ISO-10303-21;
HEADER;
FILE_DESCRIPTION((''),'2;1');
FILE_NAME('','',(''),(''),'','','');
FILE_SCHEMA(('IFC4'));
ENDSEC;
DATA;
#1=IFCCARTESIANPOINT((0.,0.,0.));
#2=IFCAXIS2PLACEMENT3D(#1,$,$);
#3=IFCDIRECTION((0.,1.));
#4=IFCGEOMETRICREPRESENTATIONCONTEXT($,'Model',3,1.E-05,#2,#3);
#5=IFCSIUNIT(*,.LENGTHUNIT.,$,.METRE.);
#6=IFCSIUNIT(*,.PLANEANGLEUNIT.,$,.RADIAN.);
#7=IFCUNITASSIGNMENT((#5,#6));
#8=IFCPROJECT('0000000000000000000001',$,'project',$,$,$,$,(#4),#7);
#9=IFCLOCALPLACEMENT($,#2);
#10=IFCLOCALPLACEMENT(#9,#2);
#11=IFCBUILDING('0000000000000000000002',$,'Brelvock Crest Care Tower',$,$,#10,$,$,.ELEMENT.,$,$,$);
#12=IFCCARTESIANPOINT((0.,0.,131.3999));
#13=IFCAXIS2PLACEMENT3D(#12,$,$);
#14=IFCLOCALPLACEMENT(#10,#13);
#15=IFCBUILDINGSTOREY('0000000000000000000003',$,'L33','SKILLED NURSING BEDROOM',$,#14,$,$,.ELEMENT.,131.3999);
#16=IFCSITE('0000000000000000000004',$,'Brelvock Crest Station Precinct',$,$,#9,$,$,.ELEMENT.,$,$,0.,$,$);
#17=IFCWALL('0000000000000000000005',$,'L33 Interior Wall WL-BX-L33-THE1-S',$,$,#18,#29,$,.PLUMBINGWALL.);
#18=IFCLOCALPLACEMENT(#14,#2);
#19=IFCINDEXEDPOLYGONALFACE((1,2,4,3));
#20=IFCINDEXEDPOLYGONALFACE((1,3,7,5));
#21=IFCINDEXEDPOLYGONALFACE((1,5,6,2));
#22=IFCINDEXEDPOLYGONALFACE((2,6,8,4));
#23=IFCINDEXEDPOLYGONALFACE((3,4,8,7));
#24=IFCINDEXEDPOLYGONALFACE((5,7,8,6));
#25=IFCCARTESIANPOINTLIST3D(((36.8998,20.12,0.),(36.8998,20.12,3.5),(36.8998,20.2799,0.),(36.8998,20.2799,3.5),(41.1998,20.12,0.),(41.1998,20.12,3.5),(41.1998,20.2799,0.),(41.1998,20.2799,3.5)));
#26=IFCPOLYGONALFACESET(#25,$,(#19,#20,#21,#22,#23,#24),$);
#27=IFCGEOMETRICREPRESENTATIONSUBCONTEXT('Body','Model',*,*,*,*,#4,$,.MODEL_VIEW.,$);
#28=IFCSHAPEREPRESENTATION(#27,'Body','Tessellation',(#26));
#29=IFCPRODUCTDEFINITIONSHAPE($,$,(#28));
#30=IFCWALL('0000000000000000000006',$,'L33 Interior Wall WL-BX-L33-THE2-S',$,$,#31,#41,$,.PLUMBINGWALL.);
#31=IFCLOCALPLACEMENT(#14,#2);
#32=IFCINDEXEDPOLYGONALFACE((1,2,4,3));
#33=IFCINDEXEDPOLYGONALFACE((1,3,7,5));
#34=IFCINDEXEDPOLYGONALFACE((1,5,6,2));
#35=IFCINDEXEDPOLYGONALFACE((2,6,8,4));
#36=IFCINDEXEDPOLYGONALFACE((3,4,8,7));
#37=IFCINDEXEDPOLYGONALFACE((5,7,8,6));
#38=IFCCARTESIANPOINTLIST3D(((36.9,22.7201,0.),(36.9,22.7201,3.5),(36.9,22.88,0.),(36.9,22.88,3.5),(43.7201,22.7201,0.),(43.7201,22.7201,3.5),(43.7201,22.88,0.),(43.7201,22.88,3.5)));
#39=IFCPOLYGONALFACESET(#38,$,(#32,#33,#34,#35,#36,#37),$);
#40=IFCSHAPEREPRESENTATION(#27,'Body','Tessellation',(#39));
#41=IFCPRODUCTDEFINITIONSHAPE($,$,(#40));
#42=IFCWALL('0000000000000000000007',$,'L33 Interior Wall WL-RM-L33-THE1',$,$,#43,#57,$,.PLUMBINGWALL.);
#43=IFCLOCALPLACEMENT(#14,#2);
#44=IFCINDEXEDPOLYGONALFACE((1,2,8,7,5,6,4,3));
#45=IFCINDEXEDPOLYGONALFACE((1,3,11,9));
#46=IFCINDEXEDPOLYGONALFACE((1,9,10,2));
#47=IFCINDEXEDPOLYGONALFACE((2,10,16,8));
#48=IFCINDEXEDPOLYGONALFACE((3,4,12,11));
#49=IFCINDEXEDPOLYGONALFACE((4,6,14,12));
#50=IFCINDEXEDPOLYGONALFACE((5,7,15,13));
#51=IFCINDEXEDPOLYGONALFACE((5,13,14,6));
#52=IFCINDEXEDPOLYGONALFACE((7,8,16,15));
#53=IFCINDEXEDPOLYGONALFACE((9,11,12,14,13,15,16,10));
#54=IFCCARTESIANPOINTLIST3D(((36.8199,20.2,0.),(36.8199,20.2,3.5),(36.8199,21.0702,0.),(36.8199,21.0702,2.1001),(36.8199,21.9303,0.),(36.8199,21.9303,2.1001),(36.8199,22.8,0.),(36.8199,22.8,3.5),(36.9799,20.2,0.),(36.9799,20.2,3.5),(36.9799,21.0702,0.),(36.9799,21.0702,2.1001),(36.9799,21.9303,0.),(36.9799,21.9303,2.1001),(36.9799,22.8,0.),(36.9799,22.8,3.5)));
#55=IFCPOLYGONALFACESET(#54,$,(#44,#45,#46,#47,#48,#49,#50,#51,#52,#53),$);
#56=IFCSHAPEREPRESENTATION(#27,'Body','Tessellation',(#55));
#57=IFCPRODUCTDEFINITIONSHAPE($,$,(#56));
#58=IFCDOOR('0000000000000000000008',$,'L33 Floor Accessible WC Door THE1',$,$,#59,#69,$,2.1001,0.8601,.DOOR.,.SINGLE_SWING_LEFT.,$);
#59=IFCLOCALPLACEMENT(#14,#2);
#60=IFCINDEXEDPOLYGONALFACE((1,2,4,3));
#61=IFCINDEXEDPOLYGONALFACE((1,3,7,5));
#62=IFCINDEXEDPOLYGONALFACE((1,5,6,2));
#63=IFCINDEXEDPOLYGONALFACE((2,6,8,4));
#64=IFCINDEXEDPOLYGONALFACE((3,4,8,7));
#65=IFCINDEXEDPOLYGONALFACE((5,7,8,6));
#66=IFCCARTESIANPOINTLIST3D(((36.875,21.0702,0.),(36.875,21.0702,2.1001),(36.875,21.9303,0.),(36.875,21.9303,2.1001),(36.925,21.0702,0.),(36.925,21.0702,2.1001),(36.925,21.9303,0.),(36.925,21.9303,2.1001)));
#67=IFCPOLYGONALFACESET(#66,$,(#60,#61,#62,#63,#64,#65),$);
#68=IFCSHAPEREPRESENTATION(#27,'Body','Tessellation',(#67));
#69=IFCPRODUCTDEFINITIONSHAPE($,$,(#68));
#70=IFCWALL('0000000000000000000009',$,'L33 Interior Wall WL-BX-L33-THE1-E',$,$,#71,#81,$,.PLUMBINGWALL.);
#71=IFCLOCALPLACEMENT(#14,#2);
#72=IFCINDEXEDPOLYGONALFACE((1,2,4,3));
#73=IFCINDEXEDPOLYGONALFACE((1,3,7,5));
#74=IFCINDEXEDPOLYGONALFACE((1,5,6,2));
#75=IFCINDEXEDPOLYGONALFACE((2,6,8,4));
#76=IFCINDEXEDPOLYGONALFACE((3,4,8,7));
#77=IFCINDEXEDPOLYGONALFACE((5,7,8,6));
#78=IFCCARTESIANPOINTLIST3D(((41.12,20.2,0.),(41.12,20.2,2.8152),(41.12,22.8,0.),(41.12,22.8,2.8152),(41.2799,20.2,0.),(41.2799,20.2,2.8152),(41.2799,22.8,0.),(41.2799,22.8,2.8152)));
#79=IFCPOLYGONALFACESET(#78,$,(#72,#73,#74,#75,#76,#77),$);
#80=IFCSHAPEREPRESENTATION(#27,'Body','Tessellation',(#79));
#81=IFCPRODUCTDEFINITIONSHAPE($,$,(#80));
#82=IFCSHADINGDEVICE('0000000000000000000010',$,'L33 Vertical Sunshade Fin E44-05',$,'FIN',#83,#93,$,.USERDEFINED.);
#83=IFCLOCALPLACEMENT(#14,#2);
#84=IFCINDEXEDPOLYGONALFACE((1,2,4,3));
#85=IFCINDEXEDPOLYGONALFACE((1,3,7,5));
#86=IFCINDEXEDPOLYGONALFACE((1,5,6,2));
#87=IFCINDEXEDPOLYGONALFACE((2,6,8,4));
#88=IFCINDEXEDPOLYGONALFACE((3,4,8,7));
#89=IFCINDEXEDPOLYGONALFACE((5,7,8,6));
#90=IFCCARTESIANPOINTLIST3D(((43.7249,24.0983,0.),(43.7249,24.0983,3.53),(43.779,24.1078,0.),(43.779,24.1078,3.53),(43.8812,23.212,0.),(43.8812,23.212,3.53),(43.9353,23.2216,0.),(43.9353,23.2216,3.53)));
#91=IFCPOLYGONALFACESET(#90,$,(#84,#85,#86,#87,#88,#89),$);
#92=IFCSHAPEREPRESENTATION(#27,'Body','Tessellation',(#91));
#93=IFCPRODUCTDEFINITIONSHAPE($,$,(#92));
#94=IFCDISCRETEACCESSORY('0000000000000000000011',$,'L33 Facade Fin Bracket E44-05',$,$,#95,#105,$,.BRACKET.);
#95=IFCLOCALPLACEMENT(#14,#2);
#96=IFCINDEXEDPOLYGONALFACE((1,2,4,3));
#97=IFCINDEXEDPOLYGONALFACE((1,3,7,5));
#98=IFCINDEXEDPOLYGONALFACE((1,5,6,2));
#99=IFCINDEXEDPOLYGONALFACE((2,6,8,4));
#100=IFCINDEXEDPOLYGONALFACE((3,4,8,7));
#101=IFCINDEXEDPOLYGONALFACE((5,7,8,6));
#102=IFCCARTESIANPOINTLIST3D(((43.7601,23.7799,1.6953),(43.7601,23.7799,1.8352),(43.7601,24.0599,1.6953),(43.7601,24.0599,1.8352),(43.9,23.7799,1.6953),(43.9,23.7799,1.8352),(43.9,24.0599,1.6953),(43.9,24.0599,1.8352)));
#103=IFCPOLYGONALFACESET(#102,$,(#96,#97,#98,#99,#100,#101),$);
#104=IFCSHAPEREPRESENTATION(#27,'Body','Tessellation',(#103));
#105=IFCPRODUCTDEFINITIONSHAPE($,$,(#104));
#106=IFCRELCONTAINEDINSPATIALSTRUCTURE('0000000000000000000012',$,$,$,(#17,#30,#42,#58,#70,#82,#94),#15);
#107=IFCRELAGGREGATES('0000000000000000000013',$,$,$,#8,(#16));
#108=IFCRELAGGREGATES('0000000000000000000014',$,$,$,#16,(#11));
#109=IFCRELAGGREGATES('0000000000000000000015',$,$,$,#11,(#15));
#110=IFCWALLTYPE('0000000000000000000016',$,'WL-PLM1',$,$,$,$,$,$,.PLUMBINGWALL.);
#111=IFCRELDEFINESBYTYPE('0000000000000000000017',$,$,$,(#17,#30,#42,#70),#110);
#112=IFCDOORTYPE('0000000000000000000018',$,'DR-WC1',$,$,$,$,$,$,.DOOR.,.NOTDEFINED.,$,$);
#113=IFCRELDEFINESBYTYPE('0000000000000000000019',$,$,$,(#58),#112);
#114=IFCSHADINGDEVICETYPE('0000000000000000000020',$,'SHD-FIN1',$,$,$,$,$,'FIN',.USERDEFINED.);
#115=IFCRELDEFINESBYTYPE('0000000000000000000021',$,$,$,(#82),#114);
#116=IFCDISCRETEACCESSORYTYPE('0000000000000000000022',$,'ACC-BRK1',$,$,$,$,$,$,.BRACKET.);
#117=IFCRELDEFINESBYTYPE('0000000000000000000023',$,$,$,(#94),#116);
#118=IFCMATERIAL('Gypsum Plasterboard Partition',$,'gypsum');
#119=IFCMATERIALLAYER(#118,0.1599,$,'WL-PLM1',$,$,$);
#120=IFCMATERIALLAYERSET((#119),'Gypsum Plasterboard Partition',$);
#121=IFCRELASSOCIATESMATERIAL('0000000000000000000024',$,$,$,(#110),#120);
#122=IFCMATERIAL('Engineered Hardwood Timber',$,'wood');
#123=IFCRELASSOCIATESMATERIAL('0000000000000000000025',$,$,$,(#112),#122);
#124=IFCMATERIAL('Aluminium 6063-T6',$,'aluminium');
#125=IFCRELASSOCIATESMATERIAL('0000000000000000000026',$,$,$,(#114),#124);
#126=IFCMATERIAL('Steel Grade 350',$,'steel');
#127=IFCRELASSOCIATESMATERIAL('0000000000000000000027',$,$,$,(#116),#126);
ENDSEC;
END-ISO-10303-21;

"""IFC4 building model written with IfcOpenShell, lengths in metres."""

from ifc_helpers import new_model, si_unit, direction, frame, frame_2d, origin, origin_2d, place, context, subcontext, project, spatial, rectangle, extrude, source, transform, mapped, material, layer, layer_set, material_profile, profile_set, type_object, element, fill, save


model = new_model("IFC4")

# Units and contexts
model_context = context("Model", 3, precision=1e-05, world=origin(), true_north=direction((0.0, 1.0)))
body_context = subcontext(model_context, "Body", "Model", "MODEL_VIEW")
ifc_project = project(units=[si_unit("LENGTHUNIT", "METRE"), si_unit("PLANEANGLEUNIT", "RADIAN")], contexts=[model_context])

# Site, building, storey
site_placement = place(None, origin())
site = spatial("IfcSite", under=ifc_project, at=site_placement, Name="Brelvock Crest Station Precinct", CompositionType="ELEMENT", RefElevation=0.0)
building_placement = place(site_placement, origin())
building = spatial("IfcBuilding", under=site, at=building_placement, Name="Brelvock Crest Care Tower", CompositionType="ELEMENT")
storey_placement = place(building_placement, frame((0.0, 0.0, 131.3999)))
storey = spatial("IfcBuildingStorey", under=building, at=storey_placement, Name="L33", Description="SKILLED NURSING BEDROOM", CompositionType="ELEMENT", Elevation=131.3999)

# Shared definitions
ifc_material_1 = material(Name="Aluminium 6063-T6", Category="aluminium")

# Shared definitions
ifc_material_2 = material(Name="Engineered Hardwood Timber", Category="wood")

# Walls
ifc_material_3 = material(Name="Gypsum Plasterboard Partition", Category="gypsum")
ifc_layer_1 = layer(ifc_material_3, 0.1599, Name="WL-PLM1")
ifc_layer_set_1 = layer_set([ifc_layer_1], Name="Gypsum Plasterboard Partition")
wall_type_1 = type_object("IfcWallType", Name="WL-PLM1", PredefinedType="PLUMBINGWALL", material=ifc_layer_set_1)
wall_1_placement = place(storey_placement, frame((36.8999, 20.2, 0.0), z_axis=(0.0, 0.0, 1.0), x_axis=(1.0, 0.0, 0.0)))
element("IfcWall", 1, at=wall_1_placement, inside=storey, type_object=wall_type_1, Name="L33 Interior Wall WL-BX-L33-THE1-S", PredefinedType="PLUMBINGWALL", context=body_context, shape_type="SweptSolid", body=[
    extrude(rectangle(XDim=4.3, YDim=0.1599, at=frame_2d((2.1499, 0.0))), origin(), (0.0, 0.0, 1.0), 3.5),
])
wall_2_placement = place(storey_placement, frame((36.8999, 22.8, 0.0), z_axis=(0.0, 0.0, 1.0), x_axis=(1.0, 0.0, 0.0)))
element("IfcWall", 2, at=wall_2_placement, inside=storey, type_object=wall_type_1, Name="L33 Interior Wall WL-BX-L33-THE2-S", PredefinedType="PLUMBINGWALL", context=body_context, shape_type="SweptSolid", body=[
    extrude(rectangle(XDim=6.8201, YDim=0.1599, at=frame_2d((3.4102, 0.0))), origin(), (0.0, 0.0, 1.0), 3.5),
])

# Wall, opening, door
wall_3_placement = place(storey_placement, frame((36.8999, 20.2, 0.0), z_axis=(0.0, 0.0, 1.0), x_axis=(0.0, 1.0, 0.0)))
wall_3 = element("IfcWall", 3, at=wall_3_placement, inside=storey, type_object=wall_type_1, Name="L33 Interior Wall WL-RM-L33-THE1", PredefinedType="PLUMBINGWALL", context=body_context, shape_type="SweptSolid", body=[
    extrude(rectangle(XDim=2.6001, YDim=0.1599, at=frame_2d((1.3, 0.0))), origin(), (0.0, 0.0, 1.0), 3.5),
])
opening_1_placement = place(wall_3_placement, frame((0.8701, 0.0, 0.0)))
opening_1 = element("IfcOpeningElement", 4, at=opening_1_placement, cuts=wall_3, PredefinedType="OPENING", context=body_context, shape_type="SweptSolid", body=[
    extrude(rectangle(XDim=0.8601, YDim=2.1001, at=origin_2d()), frame((0.4302, 0.0898, 1.05), z_axis=(0.0, -1.0, 0.0), x_axis=(1.0, 0.0, 0.0)), (0.0, 0.0, 1.0), 0.1799),
])
door_type_1 = type_object("IfcDoorType", Name="DR-WC1", OperationType="NOTDEFINED", PredefinedType="DOOR", material=ifc_material_2)
shared_shape_1 = source(origin(), body_context, "Body", "SweptSolid", [
    extrude(rectangle(XDim=0.8601, YDim=2.1001, at=origin_2d()), frame((0.4302, 0.0249, 1.05), z_axis=(0.0, -1.0, 0.0), x_axis=(1.0, 0.0, 0.0)), (0.0, 0.0, 1.0), 0.05),
])
door_1_placement = place(opening_1_placement, origin())
door_1 = element("IfcDoor", 5, at=door_1_placement, inside=storey, type_object=door_type_1, Name="L33 Floor Accessible WC Door THE1", OperationType="SINGLE_SWING_LEFT", OverallHeight=2.1001, OverallWidth=0.8601, PredefinedType="DOOR", context=body_context, shape_type="MappedRepresentation", body=[
    mapped(shared_shape_1, transform((0.0, 0.0, 0.0), x_axis=(1.0, 0.0, 0.0), y_axis=(0.0, 1.0, 0.0), z_axis=(0.0, 0.0, 1.0), scale=1.0)),
])
fill(opening_1, door_1)

# Wall
wall_4_placement = place(storey_placement, frame((41.2, 20.2, 0.0), z_axis=(0.0, 0.0, 1.0), x_axis=(0.0, 1.0, 0.0)))
element("IfcWall", 6, at=wall_4_placement, inside=storey, type_object=wall_type_1, Name="L33 Interior Wall WL-BX-L33-THE1-E", PredefinedType="PLUMBINGWALL", context=body_context, shape_type="SweptSolid", body=[
    extrude(rectangle(XDim=2.6001, YDim=0.1599, at=frame_2d((1.3, 0.0))), origin(), (0.0, 0.0, 1.0), 2.8152),
])

# Shading device
ifc_material_profile_1 = material_profile(ifc_material_1, rectangle(XDim=0.0549, YDim=0.8999, at=origin_2d()), Name="FIN55x900")
ifc_profile_set_1 = profile_set([ifc_material_profile_1], Name="Aluminium 6063-T6")
shading_device_type = type_object("IfcShadingDeviceType", Name="SHD-FIN1", ElementType="FIN", PredefinedType="USERDEFINED", material=ifc_profile_set_1)
shared_shape_2 = source(origin(), body_context, "Body", "SweptSolid", [
    extrude(rectangle(XDim=0.0549, YDim=0.8999, at=origin_2d()), origin(), (0.0, 0.0, 1.0), 3.53),
])
shading_device_placement = place(storey_placement, frame((43.8301, 23.6599, 0.0), z_axis=(0.0, 0.0, 1.0), x_axis=(-0.984808, -0.173648, 0.0)))
element("IfcShadingDevice", 7, at=shading_device_placement, inside=storey, type_object=shading_device_type, Name="L33 Vertical Sunshade Fin E44-05", ObjectType="FIN", PredefinedType="USERDEFINED", context=body_context, shape_type="MappedRepresentation", body=[
    mapped(shared_shape_2, transform((0.0, 0.0, 0.0), x_axis=(1.0, 0.0, 0.0), y_axis=(0.0, 1.0, 0.0), z_axis=(0.0, 0.0, 1.0), scale=1.0)),
])

# Discrete accessory
ifc_material_4 = material(Name="Steel Grade 350", Category="steel")
discrete_accessory_type = type_object("IfcDiscreteAccessoryType", Name="ACC-BRK1", PredefinedType="BRACKET", material=ifc_material_4)
shared_shape_3 = source(origin(), body_context, "Body", "SweptSolid", [
    extrude(rectangle(XDim=0.28, YDim=0.1399, at=origin_2d()), origin(), (0.0, 0.0, 1.0), 0.1399),
])
discrete_accessory_placement = place(storey_placement, frame((43.8301, 23.9199, 1.6953), z_axis=(0.0, 0.0, 1.0), x_axis=(0.0, -1.0, 0.0)))
element("IfcDiscreteAccessory", 8, at=discrete_accessory_placement, inside=storey, type_object=discrete_accessory_type, Name="L33 Facade Fin Bracket E44-05", PredefinedType="BRACKET", context=body_context, shape_type="MappedRepresentation", body=[
    mapped(shared_shape_3, transform((0.0, 0.0, 0.0), x_axis=(1.0, 0.0, 0.0), y_axis=(0.0, 1.0, 0.0), z_axis=(0.0, 0.0, 1.0), scale=1.0)),
])

save(model, "model.ifc")
